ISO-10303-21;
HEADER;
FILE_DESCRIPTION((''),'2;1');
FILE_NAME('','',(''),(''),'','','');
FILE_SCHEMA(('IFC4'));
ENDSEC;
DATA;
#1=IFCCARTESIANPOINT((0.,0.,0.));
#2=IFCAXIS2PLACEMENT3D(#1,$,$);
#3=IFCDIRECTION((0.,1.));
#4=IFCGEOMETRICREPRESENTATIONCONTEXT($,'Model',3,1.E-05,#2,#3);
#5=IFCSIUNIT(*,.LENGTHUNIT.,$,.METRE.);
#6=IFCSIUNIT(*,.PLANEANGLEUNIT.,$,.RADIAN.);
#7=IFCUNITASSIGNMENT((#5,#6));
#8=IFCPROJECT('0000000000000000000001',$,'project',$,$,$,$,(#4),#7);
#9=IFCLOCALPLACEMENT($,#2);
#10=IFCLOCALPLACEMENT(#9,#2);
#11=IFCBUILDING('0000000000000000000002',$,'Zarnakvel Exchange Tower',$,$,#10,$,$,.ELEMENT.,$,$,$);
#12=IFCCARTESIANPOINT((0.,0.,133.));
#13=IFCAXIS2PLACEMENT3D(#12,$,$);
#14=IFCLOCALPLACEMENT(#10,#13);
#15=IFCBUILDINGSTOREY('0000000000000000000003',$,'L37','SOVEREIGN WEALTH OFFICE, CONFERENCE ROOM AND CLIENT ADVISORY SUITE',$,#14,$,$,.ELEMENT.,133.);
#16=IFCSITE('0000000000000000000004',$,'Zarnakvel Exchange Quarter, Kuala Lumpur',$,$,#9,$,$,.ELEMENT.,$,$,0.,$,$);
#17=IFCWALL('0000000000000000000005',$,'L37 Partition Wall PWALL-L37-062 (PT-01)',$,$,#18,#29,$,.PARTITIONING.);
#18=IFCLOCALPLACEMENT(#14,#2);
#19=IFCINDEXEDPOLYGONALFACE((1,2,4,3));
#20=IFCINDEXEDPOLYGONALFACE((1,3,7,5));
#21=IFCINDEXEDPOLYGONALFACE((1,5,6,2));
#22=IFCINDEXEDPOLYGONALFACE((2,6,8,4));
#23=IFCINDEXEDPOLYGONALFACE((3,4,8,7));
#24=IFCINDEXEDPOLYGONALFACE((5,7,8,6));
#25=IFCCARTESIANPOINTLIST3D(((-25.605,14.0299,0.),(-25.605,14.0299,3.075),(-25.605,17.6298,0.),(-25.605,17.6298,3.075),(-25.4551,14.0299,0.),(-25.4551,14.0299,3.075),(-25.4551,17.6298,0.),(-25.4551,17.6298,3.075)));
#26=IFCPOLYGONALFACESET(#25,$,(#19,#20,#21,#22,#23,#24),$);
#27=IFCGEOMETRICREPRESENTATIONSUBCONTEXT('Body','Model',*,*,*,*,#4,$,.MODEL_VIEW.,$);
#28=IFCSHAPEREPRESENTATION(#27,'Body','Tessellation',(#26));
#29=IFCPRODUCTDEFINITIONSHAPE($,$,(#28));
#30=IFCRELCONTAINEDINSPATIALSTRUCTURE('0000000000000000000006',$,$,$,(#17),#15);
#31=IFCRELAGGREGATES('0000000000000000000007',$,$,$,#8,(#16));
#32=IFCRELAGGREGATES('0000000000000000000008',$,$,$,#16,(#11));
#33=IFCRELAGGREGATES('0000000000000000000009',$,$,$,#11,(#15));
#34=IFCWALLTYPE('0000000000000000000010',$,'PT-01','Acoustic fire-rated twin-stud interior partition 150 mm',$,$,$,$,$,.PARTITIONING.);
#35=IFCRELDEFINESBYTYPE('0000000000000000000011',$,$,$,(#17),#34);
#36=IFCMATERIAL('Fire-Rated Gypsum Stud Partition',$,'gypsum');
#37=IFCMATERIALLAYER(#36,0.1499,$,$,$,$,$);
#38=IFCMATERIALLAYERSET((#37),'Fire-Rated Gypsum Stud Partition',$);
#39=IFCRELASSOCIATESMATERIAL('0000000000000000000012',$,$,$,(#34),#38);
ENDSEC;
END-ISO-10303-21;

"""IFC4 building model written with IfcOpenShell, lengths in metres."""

from ifc_helpers import new_model, si_unit, direction, frame, frame_2d, origin, place, context, subcontext, project, spatial, rectangle, extrude, material, layer, layer_set, type_object, element, save


model = new_model("IFC4")

# Units and contexts
model_context = context("Model", 3, precision=1e-05, world=origin(), true_north=direction((0.0, 1.0)))
body_context = subcontext(model_context, "Body", "Model", "MODEL_VIEW")
ifc_project = project(units=[si_unit("LENGTHUNIT", "METRE"), si_unit("PLANEANGLEUNIT", "RADIAN")], contexts=[model_context])

# Site, building, storey
site_placement = place(None, origin())
site = spatial("IfcSite", under=ifc_project, at=site_placement, Name="Zarnakvel Exchange Quarter, Kuala Lumpur", CompositionType="ELEMENT", RefElevation=0.0)
building_placement = place(site_placement, origin())
building = spatial("IfcBuilding", under=site, at=building_placement, Name="Zarnakvel Exchange Tower", CompositionType="ELEMENT")
storey_placement = place(building_placement, frame((0.0, 0.0, 133.0)))
storey = spatial("IfcBuildingStorey", under=building, at=storey_placement, Name="L37", Description="SOVEREIGN WEALTH OFFICE, CONFERENCE ROOM AND CLIENT ADVISORY SUITE", CompositionType="ELEMENT", Elevation=133.0)

# Shared definitions
ifc_material_1 = material(Name="Fire-Rated Gypsum Stud Partition", Category="gypsum")
ifc_layer_1 = layer(ifc_material_1, 0.1499)
ifc_layer_set_1 = layer_set([ifc_layer_1], Name="Fire-Rated Gypsum Stud Partition")
wall_type_1 = type_object("IfcWallType", Name="PT-01", Description="Acoustic fire-rated twin-stud interior partition 150 mm", PredefinedType="PARTITIONING", material=ifc_layer_set_1)

# Wall
wall_1_placement = place(storey_placement, frame((-25.53, 14.03, 0.0), z_axis=(0.0, 0.0, 1.0), x_axis=(0.0, 1.0, 0.0)))
element("IfcWall", 1, at=wall_1_placement, inside=storey, type_object=wall_type_1, Name="L37 Partition Wall PWALL-L37-062 (PT-01)", PredefinedType="PARTITIONING", context=body_context, shape_type="SweptSolid", body=[
    extrude(rectangle(XDim=3.5999, YDim=0.1499, at=frame_2d((1.7998, 0.0))), origin(), (0.0, 0.0, 1.0), 3.075),
])

save(model, "model.ifc")
